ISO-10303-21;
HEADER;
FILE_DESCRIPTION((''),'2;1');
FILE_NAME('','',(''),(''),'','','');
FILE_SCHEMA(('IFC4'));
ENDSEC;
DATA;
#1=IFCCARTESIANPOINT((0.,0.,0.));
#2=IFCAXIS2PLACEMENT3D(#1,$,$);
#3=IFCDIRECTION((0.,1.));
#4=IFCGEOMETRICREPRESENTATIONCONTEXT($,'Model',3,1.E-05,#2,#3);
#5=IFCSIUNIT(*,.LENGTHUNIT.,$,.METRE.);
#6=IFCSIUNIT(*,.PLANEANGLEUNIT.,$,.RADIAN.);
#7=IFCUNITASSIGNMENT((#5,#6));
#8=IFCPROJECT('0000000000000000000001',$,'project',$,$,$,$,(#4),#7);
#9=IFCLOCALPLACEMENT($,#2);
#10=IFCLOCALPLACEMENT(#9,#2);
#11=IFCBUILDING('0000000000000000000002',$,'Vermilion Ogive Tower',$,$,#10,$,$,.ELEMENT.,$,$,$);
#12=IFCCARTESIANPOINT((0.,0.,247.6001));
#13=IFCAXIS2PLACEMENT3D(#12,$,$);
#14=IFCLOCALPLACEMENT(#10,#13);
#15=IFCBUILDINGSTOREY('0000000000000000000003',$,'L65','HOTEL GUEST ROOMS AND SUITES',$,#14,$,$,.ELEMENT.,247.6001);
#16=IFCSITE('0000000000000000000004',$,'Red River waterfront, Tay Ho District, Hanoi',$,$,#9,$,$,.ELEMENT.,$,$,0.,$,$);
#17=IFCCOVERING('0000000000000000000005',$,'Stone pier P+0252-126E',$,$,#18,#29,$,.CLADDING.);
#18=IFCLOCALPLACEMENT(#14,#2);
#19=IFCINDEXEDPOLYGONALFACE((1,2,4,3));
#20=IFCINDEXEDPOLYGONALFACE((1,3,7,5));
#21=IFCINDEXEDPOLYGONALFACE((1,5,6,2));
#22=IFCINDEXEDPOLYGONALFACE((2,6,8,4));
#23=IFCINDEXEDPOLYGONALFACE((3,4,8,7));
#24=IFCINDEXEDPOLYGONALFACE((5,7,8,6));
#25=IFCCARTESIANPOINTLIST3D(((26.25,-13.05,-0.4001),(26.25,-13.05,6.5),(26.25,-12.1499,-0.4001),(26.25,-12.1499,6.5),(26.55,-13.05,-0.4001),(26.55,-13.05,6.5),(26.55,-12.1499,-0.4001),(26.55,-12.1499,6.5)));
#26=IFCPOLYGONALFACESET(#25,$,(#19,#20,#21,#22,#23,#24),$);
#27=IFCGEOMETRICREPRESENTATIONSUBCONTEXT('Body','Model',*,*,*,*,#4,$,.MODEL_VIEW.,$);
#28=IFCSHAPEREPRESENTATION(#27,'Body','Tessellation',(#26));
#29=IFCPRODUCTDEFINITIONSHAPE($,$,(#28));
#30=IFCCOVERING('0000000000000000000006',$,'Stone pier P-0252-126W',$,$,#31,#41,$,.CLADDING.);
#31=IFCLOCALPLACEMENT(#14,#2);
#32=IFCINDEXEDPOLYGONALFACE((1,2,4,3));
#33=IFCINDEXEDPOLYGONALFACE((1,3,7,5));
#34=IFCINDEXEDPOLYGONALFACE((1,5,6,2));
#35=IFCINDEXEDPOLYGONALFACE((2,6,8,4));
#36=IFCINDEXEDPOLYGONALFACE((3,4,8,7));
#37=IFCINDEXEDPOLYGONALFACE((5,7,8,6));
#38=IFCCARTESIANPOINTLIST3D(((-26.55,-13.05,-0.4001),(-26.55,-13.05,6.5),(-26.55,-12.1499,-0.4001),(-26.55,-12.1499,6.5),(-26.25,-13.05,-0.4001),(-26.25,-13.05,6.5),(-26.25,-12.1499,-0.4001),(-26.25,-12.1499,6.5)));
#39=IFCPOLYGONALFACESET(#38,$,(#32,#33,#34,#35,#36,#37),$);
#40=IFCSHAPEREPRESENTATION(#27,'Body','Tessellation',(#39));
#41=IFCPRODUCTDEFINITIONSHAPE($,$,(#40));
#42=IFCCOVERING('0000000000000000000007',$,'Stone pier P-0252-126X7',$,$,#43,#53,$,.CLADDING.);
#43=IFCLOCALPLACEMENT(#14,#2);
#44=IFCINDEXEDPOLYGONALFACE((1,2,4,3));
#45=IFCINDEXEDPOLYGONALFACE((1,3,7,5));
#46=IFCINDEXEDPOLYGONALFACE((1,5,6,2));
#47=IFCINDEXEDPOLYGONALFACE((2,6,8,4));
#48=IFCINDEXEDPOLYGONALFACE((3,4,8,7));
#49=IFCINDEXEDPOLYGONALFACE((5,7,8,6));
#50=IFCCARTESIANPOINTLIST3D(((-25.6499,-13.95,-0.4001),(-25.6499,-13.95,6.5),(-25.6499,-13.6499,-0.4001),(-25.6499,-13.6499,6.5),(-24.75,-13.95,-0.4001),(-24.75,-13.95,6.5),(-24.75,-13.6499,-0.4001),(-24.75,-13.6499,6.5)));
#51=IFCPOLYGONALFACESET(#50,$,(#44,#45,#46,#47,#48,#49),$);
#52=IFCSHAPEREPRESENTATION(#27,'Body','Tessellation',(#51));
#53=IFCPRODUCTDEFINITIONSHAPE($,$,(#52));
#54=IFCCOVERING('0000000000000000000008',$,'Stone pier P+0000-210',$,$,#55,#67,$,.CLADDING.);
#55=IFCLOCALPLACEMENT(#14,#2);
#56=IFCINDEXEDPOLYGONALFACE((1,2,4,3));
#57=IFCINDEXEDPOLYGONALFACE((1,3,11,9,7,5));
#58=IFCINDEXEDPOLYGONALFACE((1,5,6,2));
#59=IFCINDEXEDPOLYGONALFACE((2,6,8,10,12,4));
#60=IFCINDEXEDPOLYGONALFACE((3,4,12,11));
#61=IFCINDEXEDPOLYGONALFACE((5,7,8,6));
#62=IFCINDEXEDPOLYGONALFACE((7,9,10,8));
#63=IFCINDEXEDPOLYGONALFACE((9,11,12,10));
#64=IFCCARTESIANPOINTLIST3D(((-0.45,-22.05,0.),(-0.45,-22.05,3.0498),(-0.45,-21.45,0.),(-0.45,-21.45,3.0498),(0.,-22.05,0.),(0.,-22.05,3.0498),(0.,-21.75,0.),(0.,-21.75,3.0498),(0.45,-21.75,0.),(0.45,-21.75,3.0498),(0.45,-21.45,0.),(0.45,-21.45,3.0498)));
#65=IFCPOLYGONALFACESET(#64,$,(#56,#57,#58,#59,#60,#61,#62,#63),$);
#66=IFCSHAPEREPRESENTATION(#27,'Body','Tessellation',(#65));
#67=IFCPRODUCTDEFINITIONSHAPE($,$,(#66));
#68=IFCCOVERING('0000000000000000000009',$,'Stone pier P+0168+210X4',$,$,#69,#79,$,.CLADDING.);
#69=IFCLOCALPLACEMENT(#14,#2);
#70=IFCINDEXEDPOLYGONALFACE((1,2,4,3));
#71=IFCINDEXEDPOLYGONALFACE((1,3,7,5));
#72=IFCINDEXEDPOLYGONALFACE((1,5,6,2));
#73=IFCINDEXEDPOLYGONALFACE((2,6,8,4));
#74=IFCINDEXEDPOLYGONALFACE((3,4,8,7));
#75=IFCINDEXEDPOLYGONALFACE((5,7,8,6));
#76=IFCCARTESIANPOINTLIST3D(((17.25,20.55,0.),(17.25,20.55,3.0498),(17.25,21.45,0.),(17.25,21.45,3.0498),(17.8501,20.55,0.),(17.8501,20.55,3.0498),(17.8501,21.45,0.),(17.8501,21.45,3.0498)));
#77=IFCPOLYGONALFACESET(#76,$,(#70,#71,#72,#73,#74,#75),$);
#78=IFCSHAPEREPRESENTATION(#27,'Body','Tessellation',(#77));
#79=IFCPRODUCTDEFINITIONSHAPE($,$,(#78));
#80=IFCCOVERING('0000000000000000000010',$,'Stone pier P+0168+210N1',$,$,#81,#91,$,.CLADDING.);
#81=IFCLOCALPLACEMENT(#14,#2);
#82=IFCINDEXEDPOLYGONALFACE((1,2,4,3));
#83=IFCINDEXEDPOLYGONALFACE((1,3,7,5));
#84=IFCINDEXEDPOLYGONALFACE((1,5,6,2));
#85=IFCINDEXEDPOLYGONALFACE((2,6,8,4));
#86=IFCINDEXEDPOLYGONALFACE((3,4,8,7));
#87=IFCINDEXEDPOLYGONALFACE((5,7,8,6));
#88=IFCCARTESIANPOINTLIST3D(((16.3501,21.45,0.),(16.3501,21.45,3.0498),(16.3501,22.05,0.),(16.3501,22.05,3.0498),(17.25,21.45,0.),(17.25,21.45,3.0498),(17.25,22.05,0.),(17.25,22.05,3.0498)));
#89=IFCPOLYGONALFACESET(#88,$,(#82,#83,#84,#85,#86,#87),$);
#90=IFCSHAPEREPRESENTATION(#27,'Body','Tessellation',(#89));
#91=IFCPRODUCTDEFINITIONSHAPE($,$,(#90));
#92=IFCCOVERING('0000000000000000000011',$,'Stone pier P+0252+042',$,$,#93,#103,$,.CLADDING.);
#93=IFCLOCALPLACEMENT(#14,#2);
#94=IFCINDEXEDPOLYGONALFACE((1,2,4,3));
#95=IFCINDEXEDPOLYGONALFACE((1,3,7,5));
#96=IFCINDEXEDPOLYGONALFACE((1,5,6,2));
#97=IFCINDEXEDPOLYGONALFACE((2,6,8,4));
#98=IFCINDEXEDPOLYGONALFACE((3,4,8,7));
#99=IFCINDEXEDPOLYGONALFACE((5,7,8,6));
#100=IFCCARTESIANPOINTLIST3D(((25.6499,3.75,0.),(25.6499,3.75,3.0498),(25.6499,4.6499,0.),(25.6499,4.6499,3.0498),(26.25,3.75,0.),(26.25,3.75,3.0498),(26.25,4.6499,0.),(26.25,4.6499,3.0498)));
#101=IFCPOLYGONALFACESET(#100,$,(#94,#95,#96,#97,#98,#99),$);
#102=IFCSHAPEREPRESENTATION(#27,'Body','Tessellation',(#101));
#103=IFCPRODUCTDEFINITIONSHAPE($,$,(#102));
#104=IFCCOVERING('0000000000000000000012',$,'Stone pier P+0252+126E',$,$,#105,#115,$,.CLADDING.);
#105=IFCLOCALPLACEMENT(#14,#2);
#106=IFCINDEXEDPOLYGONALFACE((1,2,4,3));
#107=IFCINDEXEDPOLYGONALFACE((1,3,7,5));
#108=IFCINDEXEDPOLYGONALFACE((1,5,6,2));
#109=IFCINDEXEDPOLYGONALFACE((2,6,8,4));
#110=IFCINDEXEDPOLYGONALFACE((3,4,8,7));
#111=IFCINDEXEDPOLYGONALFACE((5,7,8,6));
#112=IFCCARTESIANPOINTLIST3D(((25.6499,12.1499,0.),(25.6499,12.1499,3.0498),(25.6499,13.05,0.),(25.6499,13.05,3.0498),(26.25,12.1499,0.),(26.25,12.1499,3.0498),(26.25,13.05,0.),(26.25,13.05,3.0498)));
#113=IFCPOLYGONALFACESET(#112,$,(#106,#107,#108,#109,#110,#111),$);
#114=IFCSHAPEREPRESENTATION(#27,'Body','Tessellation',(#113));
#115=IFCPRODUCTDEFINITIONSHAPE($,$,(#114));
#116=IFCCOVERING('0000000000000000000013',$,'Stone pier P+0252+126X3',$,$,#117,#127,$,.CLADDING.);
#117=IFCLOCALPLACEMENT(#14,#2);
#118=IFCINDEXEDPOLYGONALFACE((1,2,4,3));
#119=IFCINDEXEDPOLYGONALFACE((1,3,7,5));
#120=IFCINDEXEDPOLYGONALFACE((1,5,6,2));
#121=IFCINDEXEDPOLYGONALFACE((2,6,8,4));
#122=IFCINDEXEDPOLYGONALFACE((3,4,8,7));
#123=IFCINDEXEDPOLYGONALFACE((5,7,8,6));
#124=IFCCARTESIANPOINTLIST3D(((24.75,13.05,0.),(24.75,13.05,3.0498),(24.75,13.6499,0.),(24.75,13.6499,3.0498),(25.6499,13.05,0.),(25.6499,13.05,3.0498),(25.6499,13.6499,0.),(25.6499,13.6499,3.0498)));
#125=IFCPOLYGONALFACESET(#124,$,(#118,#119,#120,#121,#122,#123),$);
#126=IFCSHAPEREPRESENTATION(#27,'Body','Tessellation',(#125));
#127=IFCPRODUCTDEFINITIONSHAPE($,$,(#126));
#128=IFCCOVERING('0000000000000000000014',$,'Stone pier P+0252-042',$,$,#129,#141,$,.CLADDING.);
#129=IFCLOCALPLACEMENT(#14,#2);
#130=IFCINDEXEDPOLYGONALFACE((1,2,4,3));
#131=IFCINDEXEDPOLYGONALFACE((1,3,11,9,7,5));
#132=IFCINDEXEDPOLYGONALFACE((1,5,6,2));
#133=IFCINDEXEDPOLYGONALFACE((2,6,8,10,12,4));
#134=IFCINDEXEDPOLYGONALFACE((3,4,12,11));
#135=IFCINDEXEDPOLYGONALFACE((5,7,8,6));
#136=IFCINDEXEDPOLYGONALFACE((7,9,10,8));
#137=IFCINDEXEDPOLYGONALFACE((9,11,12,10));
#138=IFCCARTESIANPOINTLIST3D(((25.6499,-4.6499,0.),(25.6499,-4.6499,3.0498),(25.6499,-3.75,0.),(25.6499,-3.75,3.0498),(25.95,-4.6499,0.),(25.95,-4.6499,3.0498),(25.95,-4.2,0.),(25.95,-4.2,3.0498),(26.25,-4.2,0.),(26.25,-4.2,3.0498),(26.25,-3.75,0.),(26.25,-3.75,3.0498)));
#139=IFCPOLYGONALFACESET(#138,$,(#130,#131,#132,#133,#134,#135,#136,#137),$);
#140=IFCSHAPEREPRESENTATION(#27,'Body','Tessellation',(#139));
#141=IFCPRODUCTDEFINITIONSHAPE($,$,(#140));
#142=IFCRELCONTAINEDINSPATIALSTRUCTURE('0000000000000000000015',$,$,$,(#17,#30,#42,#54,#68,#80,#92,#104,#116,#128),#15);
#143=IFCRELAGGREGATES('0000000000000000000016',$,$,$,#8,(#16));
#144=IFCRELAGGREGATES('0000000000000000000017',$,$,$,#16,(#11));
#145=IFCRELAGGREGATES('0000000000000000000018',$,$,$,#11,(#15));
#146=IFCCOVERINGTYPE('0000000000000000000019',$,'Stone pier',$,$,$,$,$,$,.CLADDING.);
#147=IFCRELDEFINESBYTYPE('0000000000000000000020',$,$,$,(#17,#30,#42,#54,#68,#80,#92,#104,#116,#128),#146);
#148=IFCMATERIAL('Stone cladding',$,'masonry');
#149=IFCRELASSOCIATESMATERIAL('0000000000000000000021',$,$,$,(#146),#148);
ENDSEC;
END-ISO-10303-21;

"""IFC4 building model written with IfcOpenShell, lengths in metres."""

from ifc_helpers import new_model, si_unit, direction, frame, origin, place, context, subcontext, project, spatial, polyline, outline, extrude, material, type_object, element, save


model = new_model("IFC4")

# Units and contexts
model_context = context("Model", 3, precision=1e-05, world=origin(), true_north=direction((0.0, 1.0)))
body_context = subcontext(model_context, "Body", "Model", "MODEL_VIEW")
ifc_project = project(units=[si_unit("LENGTHUNIT", "METRE"), si_unit("PLANEANGLEUNIT", "RADIAN")], contexts=[model_context])

# Site, building, storey
site_placement = place(None, origin())
site = spatial("IfcSite", under=ifc_project, at=site_placement, Name="Red River waterfront, Tay Ho District, Hanoi", CompositionType="ELEMENT", RefElevation=0.0)
building_placement = place(site_placement, origin())
building = spatial("IfcBuilding", under=site, at=building_placement, Name="Vermilion Ogive Tower", CompositionType="ELEMENT")
storey_placement = place(building_placement, frame((0.0, 0.0, 247.6001)))
storey = spatial("IfcBuildingStorey", under=building, at=storey_placement, Name="L65", Description="HOTEL GUEST ROOMS AND SUITES", CompositionType="ELEMENT", Elevation=247.6001)

# Coverings
ifc_material_1 = material(Name="Stone cladding", Category="masonry")
covering_type = type_object("IfcCoveringType", Name="Stone pier", PredefinedType="CLADDING", material=ifc_material_1)
covering_1_placement = place(storey_placement, frame((0.0, 0.0, -0.4001)))
element("IfcCovering", 1, at=covering_1_placement, inside=storey, type_object=covering_type, Name="Stone pier P+0252-126E", PredefinedType="CLADDING", context=body_context, shape_type="SweptSolid", body=[
    extrude(outline(polyline([(26.55, -13.05), (26.25, -13.05), (26.25, -12.1499), (26.55, -12.1499), (26.55, -13.05)])), origin(), (0.0, 0.0, 1.0), 6.9001),
])
covering_2_placement = place(storey_placement, frame((0.0, 0.0, -0.4001)))
element("IfcCovering", 2, at=covering_2_placement, inside=storey, type_object=covering_type, Name="Stone pier P-0252-126W", PredefinedType="CLADDING", context=body_context, shape_type="SweptSolid", body=[
    extrude(outline(polyline([(-26.55, -13.05), (-26.55, -12.1499), (-26.25, -12.1499), (-26.25, -13.05), (-26.55, -13.05)])), origin(), (0.0, 0.0, 1.0), 6.9001),
])
covering_3_placement = place(storey_placement, frame((0.0, 0.0, -0.4001)))
element("IfcCovering", 3, at=covering_3_placement, inside=storey, type_object=covering_type, Name="Stone pier P-0252-126X7", PredefinedType="CLADDING", context=body_context, shape_type="SweptSolid", body=[
    extrude(outline(polyline([(-25.6499, -13.95), (-25.6499, -13.6499), (-24.75, -13.6499), (-24.75, -13.95), (-25.6499, -13.95)])), origin(), (0.0, 0.0, 1.0), 6.9001),
])
covering_4_placement = place(storey_placement, origin())
element("IfcCovering", 4, at=covering_4_placement, inside=storey, type_object=covering_type, Name="Stone pier P+0000-210", PredefinedType="CLADDING", context=body_context, shape_type="SweptSolid", body=[
    extrude(outline(polyline([(0.45, -21.75), (0.0, -21.75), (0.0, -22.05), (-0.45, -22.05), (-0.45, -21.45), (0.45, -21.45), (0.45, -21.75)])), origin(), (0.0, 0.0, 1.0), 3.0498),
])
covering_5_placement = place(storey_placement, origin())
element("IfcCovering", 5, at=covering_5_placement, inside=storey, type_object=covering_type, Name="Stone pier P+0168+210X4", PredefinedType="CLADDING", context=body_context, shape_type="SweptSolid", body=[
    extrude(outline(polyline([(17.8501, 21.45), (17.8501, 20.55), (17.25, 20.55), (17.25, 21.45), (17.8501, 21.45)])), origin(), (0.0, 0.0, 1.0), 3.0498),
])
covering_6_placement = place(storey_placement, origin())
element("IfcCovering", 6, at=covering_6_placement, inside=storey, type_object=covering_type, Name="Stone pier P+0168+210N1", PredefinedType="CLADDING", context=body_context, shape_type="SweptSolid", body=[
    extrude(outline(polyline([(17.25, 22.05), (17.25, 21.45), (16.3501, 21.45), (16.3501, 22.05), (17.25, 22.05)])), origin(), (0.0, 0.0, 1.0), 3.0498),
])
covering_7_placement = place(storey_placement, origin())
element("IfcCovering", 7, at=covering_7_placement, inside=storey, type_object=covering_type, Name="Stone pier P+0252+042", PredefinedType="CLADDING", context=body_context, shape_type="SweptSolid", body=[
    extrude(outline(polyline([(26.25, 4.6499), (26.25, 3.75), (25.6499, 3.75), (25.6499, 4.6499), (26.25, 4.6499)])), origin(), (0.0, 0.0, 1.0), 3.0498),
])
covering_8_placement = place(storey_placement, origin())
element("IfcCovering", 8, at=covering_8_placement, inside=storey, type_object=covering_type, Name="Stone pier P+0252+126E", PredefinedType="CLADDING", context=body_context, shape_type="SweptSolid", body=[
    extrude(outline(polyline([(26.25, 13.05), (26.25, 12.1499), (25.6499, 12.1499), (25.6499, 13.05), (26.25, 13.05)])), origin(), (0.0, 0.0, 1.0), 3.0498),
])
covering_9_placement = place(storey_placement, origin())
element("IfcCovering", 9, at=covering_9_placement, inside=storey, type_object=covering_type, Name="Stone pier P+0252+126X3", PredefinedType="CLADDING", context=body_context, shape_type="SweptSolid", body=[
    extrude(outline(polyline([(25.6499, 13.6499), (25.6499, 13.05), (24.75, 13.05), (24.75, 13.6499), (25.6499, 13.6499)])), origin(), (0.0, 0.0, 1.0), 3.0498),
])
covering_10_placement = place(storey_placement, origin())
element("IfcCovering", 10, at=covering_10_placement, inside=storey, type_object=covering_type, Name="Stone pier P+0252-042", PredefinedType="CLADDING", context=body_context, shape_type="SweptSolid", body=[
    extrude(outline(polyline([(26.25, -3.75), (26.25, -4.2), (25.95, -4.2), (25.95, -4.6499), (25.6499, -4.6499), (25.6499, -3.75), (26.25, -3.75)])), origin(), (0.0, 0.0, 1.0), 3.0498),
])

save(model, "model.ifc")
